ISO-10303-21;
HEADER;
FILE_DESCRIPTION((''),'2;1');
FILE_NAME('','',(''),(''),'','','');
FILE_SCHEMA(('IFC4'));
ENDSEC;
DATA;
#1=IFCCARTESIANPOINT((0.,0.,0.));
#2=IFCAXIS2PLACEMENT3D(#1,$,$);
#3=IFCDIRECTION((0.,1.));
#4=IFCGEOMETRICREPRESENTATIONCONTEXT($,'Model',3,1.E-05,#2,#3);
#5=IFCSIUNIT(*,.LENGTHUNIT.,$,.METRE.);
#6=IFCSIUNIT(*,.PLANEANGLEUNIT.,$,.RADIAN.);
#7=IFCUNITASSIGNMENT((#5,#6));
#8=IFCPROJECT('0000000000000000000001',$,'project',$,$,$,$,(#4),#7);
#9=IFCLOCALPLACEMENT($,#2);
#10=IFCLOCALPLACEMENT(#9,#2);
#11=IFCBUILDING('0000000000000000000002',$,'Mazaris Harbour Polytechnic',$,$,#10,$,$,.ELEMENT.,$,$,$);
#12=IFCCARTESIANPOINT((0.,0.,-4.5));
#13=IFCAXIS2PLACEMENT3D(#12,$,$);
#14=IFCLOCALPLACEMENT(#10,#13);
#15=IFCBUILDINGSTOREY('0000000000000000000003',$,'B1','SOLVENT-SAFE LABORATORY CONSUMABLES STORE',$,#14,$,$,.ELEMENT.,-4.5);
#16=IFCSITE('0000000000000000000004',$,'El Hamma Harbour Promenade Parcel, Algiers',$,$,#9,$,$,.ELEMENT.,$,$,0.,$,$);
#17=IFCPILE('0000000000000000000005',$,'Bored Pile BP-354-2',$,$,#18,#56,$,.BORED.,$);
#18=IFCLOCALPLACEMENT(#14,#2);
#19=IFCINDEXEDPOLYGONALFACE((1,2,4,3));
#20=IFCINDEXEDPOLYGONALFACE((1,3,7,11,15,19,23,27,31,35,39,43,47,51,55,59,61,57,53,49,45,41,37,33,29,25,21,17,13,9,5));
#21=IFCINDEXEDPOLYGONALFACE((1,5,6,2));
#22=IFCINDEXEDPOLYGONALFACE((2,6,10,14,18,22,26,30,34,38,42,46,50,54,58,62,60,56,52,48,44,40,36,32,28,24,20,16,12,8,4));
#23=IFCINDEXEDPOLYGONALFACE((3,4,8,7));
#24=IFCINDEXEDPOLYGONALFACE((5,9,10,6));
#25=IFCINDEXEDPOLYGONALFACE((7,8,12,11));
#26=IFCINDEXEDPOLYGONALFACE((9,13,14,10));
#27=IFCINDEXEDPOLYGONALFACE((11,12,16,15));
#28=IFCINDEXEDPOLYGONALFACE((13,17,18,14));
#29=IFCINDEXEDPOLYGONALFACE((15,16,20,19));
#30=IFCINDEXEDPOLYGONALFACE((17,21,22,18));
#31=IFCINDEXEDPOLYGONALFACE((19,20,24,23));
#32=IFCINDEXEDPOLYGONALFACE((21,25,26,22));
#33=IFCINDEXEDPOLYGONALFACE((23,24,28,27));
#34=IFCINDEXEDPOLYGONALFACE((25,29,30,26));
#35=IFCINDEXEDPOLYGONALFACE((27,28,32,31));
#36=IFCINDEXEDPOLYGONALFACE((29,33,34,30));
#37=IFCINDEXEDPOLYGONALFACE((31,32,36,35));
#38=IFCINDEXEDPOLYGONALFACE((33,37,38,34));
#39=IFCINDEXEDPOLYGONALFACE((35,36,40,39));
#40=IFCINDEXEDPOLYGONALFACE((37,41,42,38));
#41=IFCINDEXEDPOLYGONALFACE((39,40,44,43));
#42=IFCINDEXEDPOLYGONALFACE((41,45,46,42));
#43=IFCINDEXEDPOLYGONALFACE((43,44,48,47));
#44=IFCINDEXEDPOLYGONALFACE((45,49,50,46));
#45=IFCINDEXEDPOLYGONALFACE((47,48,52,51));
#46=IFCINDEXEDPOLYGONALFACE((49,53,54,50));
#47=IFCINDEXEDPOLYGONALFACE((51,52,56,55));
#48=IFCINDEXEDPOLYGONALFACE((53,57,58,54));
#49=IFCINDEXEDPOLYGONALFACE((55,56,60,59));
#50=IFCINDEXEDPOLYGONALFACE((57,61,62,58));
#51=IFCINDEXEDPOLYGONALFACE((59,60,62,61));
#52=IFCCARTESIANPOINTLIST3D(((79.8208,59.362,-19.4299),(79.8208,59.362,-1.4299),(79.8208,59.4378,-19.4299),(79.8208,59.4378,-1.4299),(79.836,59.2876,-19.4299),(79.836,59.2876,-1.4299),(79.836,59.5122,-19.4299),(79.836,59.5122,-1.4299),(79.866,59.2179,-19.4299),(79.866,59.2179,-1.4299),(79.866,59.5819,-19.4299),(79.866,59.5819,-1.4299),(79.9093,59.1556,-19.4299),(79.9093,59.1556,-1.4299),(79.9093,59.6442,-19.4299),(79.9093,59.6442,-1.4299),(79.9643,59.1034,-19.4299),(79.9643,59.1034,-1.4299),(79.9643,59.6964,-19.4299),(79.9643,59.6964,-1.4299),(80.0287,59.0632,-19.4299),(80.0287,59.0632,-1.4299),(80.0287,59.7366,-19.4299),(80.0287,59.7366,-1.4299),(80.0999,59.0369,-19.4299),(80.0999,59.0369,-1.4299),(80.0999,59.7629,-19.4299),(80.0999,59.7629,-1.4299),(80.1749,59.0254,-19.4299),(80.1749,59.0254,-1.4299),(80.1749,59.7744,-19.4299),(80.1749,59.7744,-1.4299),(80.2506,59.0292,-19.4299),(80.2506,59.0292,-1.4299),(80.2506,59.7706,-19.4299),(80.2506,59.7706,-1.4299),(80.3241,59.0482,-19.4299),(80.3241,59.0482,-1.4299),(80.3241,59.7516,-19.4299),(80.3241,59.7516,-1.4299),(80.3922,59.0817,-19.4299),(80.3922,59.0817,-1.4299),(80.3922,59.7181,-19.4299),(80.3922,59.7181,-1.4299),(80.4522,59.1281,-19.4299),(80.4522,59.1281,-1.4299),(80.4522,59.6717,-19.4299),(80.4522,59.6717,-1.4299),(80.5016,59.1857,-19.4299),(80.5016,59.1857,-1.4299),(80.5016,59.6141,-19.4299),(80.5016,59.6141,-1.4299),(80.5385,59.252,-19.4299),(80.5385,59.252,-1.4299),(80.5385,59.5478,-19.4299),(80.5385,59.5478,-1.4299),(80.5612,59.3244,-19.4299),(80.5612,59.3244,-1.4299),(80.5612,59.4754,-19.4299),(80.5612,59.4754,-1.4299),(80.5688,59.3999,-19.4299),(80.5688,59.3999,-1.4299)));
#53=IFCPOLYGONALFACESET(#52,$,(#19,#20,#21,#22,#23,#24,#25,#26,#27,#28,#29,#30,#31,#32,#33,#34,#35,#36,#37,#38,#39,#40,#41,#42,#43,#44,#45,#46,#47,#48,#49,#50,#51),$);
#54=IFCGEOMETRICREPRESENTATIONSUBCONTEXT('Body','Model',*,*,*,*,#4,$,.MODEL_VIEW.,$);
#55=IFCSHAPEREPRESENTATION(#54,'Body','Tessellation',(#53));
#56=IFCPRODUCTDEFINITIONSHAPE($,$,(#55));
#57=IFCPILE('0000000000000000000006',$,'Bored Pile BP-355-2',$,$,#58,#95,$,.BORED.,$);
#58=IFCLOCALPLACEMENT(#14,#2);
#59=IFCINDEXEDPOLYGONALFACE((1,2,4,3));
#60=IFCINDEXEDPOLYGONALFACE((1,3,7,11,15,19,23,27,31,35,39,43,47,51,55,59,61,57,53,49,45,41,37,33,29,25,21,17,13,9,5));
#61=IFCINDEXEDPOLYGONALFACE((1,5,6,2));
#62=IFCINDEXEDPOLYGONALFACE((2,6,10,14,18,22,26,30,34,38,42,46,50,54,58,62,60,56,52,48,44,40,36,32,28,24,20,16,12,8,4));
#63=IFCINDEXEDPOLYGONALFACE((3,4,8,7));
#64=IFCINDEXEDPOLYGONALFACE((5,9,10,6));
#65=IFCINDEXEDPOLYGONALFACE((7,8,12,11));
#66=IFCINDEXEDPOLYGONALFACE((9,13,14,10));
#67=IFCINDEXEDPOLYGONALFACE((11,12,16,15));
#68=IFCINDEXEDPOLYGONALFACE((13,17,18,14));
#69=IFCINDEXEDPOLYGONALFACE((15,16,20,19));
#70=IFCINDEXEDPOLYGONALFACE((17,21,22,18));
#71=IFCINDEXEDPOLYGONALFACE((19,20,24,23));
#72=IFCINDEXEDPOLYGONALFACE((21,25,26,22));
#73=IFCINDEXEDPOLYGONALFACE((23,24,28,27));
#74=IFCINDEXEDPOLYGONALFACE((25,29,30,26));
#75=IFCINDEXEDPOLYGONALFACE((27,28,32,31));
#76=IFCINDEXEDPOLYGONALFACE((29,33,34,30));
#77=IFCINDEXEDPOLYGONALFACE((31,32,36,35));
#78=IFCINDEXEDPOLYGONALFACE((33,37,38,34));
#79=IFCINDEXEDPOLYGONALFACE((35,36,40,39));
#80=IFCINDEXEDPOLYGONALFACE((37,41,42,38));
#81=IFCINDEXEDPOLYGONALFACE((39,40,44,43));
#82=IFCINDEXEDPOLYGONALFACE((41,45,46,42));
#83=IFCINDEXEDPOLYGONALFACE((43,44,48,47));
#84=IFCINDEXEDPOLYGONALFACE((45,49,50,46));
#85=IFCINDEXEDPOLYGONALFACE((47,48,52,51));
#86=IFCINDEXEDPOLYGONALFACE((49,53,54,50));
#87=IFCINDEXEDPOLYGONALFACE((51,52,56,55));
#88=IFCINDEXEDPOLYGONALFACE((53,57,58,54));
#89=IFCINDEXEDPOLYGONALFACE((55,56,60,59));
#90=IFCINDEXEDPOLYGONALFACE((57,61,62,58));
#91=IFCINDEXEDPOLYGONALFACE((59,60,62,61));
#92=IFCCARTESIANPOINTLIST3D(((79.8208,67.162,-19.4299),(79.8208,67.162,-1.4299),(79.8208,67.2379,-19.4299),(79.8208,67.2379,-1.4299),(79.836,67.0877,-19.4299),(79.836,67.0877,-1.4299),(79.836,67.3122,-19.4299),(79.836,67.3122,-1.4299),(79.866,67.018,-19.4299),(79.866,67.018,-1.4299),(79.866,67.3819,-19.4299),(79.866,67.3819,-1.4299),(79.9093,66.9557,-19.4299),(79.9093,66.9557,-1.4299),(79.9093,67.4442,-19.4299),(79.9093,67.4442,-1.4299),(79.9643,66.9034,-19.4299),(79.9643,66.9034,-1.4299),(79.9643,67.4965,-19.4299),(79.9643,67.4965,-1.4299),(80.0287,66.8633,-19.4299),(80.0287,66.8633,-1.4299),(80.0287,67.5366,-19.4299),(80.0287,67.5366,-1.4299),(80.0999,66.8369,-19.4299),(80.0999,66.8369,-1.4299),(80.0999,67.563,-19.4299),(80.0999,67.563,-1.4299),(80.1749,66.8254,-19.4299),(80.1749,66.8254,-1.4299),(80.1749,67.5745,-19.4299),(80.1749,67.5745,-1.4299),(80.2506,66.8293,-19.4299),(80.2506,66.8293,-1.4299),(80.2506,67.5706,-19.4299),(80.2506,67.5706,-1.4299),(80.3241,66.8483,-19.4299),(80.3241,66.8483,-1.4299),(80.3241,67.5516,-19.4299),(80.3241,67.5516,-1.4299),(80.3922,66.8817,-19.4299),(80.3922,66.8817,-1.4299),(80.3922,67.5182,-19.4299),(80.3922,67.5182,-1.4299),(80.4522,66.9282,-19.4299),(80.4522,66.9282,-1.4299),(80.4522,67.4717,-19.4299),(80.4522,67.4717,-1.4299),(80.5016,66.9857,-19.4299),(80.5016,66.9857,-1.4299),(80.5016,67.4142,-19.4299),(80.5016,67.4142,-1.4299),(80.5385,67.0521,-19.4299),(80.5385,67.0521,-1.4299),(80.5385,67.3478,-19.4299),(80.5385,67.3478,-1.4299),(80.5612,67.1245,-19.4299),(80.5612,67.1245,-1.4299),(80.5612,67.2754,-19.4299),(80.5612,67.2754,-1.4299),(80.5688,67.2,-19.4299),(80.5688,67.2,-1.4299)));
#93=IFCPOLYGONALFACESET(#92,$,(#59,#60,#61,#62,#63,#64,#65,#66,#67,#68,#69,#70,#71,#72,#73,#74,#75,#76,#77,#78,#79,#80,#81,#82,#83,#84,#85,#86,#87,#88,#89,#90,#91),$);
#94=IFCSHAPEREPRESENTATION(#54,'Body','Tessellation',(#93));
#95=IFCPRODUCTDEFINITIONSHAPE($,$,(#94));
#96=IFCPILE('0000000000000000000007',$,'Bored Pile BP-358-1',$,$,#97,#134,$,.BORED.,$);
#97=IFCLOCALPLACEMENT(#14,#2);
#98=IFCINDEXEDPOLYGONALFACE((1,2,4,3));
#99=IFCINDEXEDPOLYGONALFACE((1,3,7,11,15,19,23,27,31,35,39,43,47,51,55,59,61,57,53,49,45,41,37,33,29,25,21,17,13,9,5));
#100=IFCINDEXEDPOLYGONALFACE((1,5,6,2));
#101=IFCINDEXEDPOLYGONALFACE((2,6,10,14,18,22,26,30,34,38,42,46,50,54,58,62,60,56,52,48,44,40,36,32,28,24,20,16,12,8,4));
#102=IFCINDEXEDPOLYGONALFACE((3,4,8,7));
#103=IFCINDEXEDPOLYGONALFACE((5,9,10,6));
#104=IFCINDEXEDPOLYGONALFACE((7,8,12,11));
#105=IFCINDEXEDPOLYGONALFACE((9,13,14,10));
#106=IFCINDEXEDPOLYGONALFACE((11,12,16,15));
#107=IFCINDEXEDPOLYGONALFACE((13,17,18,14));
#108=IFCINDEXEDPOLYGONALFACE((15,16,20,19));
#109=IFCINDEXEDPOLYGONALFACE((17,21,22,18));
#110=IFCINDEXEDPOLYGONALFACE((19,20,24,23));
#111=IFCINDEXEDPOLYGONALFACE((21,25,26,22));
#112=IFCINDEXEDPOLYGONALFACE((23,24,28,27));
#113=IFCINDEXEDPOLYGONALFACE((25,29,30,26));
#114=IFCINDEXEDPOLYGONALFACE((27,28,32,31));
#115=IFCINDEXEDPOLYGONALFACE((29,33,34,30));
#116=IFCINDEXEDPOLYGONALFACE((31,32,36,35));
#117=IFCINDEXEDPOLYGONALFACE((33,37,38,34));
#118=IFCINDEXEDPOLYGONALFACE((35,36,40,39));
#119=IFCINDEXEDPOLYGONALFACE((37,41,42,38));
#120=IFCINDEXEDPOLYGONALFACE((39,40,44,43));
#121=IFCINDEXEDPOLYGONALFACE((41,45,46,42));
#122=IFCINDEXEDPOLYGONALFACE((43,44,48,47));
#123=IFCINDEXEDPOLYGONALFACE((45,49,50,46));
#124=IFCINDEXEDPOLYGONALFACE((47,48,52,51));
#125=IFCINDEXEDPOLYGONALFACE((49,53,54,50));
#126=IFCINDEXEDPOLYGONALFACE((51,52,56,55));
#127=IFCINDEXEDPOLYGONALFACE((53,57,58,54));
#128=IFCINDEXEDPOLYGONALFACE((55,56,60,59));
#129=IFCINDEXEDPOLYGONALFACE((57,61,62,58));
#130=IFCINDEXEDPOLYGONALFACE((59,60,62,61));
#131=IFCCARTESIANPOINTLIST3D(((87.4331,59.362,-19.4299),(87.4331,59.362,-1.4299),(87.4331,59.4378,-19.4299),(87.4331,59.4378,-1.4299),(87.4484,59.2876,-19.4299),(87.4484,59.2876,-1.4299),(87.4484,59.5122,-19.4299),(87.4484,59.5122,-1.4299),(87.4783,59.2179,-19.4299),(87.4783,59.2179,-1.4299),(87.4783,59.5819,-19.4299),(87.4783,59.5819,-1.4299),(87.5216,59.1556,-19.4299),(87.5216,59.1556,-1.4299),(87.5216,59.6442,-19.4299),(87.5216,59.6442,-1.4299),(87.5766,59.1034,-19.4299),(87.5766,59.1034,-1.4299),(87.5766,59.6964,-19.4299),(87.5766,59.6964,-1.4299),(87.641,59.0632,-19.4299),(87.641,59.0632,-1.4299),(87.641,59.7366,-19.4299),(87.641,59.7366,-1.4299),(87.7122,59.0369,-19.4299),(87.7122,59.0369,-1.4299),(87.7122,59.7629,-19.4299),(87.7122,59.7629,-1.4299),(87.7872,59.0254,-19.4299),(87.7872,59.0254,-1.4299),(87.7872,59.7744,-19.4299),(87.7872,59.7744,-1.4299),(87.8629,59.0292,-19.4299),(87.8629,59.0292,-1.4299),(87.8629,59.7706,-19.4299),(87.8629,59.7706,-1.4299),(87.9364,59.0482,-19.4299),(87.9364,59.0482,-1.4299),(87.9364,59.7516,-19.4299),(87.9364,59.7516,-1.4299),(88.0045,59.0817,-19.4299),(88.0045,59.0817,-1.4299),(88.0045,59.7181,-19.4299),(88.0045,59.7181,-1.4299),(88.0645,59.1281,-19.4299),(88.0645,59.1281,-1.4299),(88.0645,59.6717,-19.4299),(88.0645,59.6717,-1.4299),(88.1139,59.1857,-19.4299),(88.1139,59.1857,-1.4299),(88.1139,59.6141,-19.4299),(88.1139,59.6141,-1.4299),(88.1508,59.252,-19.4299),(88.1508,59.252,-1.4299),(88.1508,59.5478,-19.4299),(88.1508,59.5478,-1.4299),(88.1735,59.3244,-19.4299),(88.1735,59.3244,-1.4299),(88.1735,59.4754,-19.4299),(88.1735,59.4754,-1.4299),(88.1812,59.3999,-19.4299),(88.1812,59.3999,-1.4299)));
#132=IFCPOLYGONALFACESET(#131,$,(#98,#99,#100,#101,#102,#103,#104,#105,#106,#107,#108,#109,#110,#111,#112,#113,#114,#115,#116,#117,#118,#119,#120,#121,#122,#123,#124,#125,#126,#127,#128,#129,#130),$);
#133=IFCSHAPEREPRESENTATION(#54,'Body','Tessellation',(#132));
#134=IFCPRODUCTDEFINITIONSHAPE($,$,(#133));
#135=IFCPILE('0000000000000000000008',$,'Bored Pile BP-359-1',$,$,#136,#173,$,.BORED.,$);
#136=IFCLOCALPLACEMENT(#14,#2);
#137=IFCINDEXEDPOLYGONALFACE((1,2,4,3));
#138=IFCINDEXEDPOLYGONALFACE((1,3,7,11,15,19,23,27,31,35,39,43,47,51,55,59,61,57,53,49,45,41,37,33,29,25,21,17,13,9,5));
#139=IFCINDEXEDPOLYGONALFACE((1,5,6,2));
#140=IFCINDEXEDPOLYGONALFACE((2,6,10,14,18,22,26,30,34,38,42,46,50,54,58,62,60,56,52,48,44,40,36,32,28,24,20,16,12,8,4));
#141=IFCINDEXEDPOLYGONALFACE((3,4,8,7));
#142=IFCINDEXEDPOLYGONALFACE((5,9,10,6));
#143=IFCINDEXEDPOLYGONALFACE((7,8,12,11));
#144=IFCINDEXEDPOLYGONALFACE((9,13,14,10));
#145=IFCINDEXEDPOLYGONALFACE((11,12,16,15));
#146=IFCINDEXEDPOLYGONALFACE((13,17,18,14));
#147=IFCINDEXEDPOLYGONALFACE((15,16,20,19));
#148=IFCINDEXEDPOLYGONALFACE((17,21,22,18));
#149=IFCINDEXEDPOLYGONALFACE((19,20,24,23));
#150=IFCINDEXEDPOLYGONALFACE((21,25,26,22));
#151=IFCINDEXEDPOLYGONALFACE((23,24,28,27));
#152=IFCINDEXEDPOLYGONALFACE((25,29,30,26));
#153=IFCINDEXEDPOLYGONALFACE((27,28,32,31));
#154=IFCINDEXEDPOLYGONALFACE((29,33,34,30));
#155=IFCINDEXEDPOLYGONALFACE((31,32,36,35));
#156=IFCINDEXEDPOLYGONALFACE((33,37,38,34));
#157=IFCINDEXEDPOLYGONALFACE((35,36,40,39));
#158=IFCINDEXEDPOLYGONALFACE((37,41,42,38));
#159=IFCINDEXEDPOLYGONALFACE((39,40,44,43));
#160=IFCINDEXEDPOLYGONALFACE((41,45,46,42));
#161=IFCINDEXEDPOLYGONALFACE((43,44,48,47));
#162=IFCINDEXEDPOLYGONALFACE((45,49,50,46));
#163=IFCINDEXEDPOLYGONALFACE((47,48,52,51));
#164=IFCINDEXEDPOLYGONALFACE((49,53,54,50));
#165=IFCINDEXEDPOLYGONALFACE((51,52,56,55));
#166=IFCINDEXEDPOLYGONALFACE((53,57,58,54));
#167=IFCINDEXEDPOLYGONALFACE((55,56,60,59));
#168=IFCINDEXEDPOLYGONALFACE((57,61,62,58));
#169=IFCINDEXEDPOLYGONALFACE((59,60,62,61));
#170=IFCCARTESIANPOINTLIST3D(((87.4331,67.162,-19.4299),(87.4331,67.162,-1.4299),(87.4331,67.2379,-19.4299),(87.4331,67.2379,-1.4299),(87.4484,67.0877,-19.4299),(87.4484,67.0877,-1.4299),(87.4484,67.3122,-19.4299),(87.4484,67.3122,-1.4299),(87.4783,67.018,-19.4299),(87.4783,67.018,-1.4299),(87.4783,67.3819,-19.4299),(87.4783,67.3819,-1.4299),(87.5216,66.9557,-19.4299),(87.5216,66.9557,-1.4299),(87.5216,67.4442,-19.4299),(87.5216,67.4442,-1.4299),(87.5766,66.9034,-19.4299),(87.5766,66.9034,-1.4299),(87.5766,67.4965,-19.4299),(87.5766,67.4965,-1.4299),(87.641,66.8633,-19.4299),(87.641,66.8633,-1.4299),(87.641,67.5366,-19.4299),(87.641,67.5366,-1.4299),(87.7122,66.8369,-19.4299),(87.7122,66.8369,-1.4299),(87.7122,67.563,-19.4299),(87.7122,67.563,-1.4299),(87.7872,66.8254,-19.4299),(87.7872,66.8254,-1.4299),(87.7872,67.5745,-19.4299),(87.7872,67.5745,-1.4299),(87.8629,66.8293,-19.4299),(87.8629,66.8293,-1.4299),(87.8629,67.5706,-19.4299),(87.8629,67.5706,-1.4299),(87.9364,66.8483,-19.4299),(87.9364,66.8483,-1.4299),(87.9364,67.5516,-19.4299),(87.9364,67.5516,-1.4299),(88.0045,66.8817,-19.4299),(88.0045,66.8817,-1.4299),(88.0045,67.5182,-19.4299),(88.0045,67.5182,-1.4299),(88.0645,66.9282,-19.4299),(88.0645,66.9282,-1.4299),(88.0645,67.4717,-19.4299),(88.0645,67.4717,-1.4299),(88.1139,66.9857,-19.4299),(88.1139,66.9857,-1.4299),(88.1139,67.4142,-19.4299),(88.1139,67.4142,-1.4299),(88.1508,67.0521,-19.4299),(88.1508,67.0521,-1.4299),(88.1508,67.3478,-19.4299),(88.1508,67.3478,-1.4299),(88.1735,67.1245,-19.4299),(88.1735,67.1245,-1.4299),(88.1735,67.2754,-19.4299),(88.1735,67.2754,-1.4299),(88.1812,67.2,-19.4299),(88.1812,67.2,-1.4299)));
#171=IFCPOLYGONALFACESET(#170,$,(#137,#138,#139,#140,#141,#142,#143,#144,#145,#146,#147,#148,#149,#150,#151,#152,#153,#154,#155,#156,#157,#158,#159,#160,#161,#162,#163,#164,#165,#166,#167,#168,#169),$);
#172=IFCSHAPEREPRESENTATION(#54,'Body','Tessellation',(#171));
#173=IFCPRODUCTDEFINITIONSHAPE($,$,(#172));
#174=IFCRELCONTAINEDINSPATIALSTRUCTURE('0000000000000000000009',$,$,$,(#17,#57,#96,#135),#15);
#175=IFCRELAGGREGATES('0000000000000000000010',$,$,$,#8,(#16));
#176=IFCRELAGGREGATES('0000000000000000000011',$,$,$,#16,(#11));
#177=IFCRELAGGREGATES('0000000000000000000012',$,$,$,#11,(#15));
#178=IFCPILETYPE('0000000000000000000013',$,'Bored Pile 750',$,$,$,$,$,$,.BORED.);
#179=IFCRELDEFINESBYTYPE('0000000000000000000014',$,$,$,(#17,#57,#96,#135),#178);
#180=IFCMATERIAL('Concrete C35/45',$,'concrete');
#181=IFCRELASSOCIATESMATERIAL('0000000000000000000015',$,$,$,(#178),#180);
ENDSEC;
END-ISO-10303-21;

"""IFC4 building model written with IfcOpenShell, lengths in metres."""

from ifc_helpers import new_model, si_unit, direction, frame, origin, origin_2d, place, context, subcontext, project, spatial, circle, extrude, material, material_profile, profile_set, type_object, element, save


model = new_model("IFC4")

# Units and contexts
model_context = context("Model", 3, precision=1e-05, world=origin(), true_north=direction((0.0, 1.0)))
body_context = subcontext(model_context, "Body", "Model", "MODEL_VIEW")
ifc_project = project(units=[si_unit("LENGTHUNIT", "METRE"), si_unit("PLANEANGLEUNIT", "RADIAN")], contexts=[model_context])

# Site, building, storey
site_placement = place(None, origin())
site = spatial("IfcSite", under=ifc_project, at=site_placement, Name="El Hamma Harbour Promenade Parcel, Algiers", CompositionType="ELEMENT", RefElevation=0.0)
building_placement = place(site_placement, origin())
building = spatial("IfcBuilding", under=site, at=building_placement, Name="Mazaris Harbour Polytechnic", CompositionType="ELEMENT")
storey_placement = place(building_placement, frame((0.0, 0.0, -4.5)))
storey = spatial("IfcBuildingStorey", under=building, at=storey_placement, Name="B1", Description="SOLVENT-SAFE LABORATORY CONSUMABLES STORE", CompositionType="ELEMENT", Elevation=-4.5)

# Piles
ifc_material_1 = material(Name="Concrete C35/45", Category="concrete")
ifc_material_profile_1 = material_profile(ifc_material_1, circle(Radius=0.375, at=origin_2d()), Name="DIA750")
ifc_profile_set_1 = profile_set([ifc_material_profile_1], Name="Concrete C35/45")
pile_type_1 = type_object("IfcPileType", Name="Bored Pile 750", PredefinedType="BORED", material=ifc_profile_set_1)
for number, where, z_axis, x_axis, name in (
    (1, (80.1938, 59.3999, -1.4299), (0.0, 0.0, -1.0), (1.0, 0.0, 0.0), "Bored Pile BP-354-2"),
    (2, (80.1938, 67.2, -1.4299), (0.0, 0.0, -1.0), (1.0, 0.0, 0.0), "Bored Pile BP-355-2"),
    (3, (87.8062, 59.3999, -1.4299), (0.0, 0.0, -1.0), (1.0, 0.0, 0.0), "Bored Pile BP-358-1"),
    (4, (87.8062, 67.2, -1.4299), (0.0, 0.0, -1.0), (1.0, 0.0, 0.0), "Bored Pile BP-359-1"),
):
    element("IfcPile", number, at=place(storey_placement, frame(where, z_axis=z_axis, x_axis=x_axis)), inside=storey, type_object=pile_type_1, Name=name, PredefinedType="BORED", context=body_context, shape_type="SweptSolid", body=[
        extrude(circle(Radius=0.375, at=origin_2d()), origin(), (0.0, 0.0, 1.0), 18.0),
    ])

save(model, "model.ifc")
